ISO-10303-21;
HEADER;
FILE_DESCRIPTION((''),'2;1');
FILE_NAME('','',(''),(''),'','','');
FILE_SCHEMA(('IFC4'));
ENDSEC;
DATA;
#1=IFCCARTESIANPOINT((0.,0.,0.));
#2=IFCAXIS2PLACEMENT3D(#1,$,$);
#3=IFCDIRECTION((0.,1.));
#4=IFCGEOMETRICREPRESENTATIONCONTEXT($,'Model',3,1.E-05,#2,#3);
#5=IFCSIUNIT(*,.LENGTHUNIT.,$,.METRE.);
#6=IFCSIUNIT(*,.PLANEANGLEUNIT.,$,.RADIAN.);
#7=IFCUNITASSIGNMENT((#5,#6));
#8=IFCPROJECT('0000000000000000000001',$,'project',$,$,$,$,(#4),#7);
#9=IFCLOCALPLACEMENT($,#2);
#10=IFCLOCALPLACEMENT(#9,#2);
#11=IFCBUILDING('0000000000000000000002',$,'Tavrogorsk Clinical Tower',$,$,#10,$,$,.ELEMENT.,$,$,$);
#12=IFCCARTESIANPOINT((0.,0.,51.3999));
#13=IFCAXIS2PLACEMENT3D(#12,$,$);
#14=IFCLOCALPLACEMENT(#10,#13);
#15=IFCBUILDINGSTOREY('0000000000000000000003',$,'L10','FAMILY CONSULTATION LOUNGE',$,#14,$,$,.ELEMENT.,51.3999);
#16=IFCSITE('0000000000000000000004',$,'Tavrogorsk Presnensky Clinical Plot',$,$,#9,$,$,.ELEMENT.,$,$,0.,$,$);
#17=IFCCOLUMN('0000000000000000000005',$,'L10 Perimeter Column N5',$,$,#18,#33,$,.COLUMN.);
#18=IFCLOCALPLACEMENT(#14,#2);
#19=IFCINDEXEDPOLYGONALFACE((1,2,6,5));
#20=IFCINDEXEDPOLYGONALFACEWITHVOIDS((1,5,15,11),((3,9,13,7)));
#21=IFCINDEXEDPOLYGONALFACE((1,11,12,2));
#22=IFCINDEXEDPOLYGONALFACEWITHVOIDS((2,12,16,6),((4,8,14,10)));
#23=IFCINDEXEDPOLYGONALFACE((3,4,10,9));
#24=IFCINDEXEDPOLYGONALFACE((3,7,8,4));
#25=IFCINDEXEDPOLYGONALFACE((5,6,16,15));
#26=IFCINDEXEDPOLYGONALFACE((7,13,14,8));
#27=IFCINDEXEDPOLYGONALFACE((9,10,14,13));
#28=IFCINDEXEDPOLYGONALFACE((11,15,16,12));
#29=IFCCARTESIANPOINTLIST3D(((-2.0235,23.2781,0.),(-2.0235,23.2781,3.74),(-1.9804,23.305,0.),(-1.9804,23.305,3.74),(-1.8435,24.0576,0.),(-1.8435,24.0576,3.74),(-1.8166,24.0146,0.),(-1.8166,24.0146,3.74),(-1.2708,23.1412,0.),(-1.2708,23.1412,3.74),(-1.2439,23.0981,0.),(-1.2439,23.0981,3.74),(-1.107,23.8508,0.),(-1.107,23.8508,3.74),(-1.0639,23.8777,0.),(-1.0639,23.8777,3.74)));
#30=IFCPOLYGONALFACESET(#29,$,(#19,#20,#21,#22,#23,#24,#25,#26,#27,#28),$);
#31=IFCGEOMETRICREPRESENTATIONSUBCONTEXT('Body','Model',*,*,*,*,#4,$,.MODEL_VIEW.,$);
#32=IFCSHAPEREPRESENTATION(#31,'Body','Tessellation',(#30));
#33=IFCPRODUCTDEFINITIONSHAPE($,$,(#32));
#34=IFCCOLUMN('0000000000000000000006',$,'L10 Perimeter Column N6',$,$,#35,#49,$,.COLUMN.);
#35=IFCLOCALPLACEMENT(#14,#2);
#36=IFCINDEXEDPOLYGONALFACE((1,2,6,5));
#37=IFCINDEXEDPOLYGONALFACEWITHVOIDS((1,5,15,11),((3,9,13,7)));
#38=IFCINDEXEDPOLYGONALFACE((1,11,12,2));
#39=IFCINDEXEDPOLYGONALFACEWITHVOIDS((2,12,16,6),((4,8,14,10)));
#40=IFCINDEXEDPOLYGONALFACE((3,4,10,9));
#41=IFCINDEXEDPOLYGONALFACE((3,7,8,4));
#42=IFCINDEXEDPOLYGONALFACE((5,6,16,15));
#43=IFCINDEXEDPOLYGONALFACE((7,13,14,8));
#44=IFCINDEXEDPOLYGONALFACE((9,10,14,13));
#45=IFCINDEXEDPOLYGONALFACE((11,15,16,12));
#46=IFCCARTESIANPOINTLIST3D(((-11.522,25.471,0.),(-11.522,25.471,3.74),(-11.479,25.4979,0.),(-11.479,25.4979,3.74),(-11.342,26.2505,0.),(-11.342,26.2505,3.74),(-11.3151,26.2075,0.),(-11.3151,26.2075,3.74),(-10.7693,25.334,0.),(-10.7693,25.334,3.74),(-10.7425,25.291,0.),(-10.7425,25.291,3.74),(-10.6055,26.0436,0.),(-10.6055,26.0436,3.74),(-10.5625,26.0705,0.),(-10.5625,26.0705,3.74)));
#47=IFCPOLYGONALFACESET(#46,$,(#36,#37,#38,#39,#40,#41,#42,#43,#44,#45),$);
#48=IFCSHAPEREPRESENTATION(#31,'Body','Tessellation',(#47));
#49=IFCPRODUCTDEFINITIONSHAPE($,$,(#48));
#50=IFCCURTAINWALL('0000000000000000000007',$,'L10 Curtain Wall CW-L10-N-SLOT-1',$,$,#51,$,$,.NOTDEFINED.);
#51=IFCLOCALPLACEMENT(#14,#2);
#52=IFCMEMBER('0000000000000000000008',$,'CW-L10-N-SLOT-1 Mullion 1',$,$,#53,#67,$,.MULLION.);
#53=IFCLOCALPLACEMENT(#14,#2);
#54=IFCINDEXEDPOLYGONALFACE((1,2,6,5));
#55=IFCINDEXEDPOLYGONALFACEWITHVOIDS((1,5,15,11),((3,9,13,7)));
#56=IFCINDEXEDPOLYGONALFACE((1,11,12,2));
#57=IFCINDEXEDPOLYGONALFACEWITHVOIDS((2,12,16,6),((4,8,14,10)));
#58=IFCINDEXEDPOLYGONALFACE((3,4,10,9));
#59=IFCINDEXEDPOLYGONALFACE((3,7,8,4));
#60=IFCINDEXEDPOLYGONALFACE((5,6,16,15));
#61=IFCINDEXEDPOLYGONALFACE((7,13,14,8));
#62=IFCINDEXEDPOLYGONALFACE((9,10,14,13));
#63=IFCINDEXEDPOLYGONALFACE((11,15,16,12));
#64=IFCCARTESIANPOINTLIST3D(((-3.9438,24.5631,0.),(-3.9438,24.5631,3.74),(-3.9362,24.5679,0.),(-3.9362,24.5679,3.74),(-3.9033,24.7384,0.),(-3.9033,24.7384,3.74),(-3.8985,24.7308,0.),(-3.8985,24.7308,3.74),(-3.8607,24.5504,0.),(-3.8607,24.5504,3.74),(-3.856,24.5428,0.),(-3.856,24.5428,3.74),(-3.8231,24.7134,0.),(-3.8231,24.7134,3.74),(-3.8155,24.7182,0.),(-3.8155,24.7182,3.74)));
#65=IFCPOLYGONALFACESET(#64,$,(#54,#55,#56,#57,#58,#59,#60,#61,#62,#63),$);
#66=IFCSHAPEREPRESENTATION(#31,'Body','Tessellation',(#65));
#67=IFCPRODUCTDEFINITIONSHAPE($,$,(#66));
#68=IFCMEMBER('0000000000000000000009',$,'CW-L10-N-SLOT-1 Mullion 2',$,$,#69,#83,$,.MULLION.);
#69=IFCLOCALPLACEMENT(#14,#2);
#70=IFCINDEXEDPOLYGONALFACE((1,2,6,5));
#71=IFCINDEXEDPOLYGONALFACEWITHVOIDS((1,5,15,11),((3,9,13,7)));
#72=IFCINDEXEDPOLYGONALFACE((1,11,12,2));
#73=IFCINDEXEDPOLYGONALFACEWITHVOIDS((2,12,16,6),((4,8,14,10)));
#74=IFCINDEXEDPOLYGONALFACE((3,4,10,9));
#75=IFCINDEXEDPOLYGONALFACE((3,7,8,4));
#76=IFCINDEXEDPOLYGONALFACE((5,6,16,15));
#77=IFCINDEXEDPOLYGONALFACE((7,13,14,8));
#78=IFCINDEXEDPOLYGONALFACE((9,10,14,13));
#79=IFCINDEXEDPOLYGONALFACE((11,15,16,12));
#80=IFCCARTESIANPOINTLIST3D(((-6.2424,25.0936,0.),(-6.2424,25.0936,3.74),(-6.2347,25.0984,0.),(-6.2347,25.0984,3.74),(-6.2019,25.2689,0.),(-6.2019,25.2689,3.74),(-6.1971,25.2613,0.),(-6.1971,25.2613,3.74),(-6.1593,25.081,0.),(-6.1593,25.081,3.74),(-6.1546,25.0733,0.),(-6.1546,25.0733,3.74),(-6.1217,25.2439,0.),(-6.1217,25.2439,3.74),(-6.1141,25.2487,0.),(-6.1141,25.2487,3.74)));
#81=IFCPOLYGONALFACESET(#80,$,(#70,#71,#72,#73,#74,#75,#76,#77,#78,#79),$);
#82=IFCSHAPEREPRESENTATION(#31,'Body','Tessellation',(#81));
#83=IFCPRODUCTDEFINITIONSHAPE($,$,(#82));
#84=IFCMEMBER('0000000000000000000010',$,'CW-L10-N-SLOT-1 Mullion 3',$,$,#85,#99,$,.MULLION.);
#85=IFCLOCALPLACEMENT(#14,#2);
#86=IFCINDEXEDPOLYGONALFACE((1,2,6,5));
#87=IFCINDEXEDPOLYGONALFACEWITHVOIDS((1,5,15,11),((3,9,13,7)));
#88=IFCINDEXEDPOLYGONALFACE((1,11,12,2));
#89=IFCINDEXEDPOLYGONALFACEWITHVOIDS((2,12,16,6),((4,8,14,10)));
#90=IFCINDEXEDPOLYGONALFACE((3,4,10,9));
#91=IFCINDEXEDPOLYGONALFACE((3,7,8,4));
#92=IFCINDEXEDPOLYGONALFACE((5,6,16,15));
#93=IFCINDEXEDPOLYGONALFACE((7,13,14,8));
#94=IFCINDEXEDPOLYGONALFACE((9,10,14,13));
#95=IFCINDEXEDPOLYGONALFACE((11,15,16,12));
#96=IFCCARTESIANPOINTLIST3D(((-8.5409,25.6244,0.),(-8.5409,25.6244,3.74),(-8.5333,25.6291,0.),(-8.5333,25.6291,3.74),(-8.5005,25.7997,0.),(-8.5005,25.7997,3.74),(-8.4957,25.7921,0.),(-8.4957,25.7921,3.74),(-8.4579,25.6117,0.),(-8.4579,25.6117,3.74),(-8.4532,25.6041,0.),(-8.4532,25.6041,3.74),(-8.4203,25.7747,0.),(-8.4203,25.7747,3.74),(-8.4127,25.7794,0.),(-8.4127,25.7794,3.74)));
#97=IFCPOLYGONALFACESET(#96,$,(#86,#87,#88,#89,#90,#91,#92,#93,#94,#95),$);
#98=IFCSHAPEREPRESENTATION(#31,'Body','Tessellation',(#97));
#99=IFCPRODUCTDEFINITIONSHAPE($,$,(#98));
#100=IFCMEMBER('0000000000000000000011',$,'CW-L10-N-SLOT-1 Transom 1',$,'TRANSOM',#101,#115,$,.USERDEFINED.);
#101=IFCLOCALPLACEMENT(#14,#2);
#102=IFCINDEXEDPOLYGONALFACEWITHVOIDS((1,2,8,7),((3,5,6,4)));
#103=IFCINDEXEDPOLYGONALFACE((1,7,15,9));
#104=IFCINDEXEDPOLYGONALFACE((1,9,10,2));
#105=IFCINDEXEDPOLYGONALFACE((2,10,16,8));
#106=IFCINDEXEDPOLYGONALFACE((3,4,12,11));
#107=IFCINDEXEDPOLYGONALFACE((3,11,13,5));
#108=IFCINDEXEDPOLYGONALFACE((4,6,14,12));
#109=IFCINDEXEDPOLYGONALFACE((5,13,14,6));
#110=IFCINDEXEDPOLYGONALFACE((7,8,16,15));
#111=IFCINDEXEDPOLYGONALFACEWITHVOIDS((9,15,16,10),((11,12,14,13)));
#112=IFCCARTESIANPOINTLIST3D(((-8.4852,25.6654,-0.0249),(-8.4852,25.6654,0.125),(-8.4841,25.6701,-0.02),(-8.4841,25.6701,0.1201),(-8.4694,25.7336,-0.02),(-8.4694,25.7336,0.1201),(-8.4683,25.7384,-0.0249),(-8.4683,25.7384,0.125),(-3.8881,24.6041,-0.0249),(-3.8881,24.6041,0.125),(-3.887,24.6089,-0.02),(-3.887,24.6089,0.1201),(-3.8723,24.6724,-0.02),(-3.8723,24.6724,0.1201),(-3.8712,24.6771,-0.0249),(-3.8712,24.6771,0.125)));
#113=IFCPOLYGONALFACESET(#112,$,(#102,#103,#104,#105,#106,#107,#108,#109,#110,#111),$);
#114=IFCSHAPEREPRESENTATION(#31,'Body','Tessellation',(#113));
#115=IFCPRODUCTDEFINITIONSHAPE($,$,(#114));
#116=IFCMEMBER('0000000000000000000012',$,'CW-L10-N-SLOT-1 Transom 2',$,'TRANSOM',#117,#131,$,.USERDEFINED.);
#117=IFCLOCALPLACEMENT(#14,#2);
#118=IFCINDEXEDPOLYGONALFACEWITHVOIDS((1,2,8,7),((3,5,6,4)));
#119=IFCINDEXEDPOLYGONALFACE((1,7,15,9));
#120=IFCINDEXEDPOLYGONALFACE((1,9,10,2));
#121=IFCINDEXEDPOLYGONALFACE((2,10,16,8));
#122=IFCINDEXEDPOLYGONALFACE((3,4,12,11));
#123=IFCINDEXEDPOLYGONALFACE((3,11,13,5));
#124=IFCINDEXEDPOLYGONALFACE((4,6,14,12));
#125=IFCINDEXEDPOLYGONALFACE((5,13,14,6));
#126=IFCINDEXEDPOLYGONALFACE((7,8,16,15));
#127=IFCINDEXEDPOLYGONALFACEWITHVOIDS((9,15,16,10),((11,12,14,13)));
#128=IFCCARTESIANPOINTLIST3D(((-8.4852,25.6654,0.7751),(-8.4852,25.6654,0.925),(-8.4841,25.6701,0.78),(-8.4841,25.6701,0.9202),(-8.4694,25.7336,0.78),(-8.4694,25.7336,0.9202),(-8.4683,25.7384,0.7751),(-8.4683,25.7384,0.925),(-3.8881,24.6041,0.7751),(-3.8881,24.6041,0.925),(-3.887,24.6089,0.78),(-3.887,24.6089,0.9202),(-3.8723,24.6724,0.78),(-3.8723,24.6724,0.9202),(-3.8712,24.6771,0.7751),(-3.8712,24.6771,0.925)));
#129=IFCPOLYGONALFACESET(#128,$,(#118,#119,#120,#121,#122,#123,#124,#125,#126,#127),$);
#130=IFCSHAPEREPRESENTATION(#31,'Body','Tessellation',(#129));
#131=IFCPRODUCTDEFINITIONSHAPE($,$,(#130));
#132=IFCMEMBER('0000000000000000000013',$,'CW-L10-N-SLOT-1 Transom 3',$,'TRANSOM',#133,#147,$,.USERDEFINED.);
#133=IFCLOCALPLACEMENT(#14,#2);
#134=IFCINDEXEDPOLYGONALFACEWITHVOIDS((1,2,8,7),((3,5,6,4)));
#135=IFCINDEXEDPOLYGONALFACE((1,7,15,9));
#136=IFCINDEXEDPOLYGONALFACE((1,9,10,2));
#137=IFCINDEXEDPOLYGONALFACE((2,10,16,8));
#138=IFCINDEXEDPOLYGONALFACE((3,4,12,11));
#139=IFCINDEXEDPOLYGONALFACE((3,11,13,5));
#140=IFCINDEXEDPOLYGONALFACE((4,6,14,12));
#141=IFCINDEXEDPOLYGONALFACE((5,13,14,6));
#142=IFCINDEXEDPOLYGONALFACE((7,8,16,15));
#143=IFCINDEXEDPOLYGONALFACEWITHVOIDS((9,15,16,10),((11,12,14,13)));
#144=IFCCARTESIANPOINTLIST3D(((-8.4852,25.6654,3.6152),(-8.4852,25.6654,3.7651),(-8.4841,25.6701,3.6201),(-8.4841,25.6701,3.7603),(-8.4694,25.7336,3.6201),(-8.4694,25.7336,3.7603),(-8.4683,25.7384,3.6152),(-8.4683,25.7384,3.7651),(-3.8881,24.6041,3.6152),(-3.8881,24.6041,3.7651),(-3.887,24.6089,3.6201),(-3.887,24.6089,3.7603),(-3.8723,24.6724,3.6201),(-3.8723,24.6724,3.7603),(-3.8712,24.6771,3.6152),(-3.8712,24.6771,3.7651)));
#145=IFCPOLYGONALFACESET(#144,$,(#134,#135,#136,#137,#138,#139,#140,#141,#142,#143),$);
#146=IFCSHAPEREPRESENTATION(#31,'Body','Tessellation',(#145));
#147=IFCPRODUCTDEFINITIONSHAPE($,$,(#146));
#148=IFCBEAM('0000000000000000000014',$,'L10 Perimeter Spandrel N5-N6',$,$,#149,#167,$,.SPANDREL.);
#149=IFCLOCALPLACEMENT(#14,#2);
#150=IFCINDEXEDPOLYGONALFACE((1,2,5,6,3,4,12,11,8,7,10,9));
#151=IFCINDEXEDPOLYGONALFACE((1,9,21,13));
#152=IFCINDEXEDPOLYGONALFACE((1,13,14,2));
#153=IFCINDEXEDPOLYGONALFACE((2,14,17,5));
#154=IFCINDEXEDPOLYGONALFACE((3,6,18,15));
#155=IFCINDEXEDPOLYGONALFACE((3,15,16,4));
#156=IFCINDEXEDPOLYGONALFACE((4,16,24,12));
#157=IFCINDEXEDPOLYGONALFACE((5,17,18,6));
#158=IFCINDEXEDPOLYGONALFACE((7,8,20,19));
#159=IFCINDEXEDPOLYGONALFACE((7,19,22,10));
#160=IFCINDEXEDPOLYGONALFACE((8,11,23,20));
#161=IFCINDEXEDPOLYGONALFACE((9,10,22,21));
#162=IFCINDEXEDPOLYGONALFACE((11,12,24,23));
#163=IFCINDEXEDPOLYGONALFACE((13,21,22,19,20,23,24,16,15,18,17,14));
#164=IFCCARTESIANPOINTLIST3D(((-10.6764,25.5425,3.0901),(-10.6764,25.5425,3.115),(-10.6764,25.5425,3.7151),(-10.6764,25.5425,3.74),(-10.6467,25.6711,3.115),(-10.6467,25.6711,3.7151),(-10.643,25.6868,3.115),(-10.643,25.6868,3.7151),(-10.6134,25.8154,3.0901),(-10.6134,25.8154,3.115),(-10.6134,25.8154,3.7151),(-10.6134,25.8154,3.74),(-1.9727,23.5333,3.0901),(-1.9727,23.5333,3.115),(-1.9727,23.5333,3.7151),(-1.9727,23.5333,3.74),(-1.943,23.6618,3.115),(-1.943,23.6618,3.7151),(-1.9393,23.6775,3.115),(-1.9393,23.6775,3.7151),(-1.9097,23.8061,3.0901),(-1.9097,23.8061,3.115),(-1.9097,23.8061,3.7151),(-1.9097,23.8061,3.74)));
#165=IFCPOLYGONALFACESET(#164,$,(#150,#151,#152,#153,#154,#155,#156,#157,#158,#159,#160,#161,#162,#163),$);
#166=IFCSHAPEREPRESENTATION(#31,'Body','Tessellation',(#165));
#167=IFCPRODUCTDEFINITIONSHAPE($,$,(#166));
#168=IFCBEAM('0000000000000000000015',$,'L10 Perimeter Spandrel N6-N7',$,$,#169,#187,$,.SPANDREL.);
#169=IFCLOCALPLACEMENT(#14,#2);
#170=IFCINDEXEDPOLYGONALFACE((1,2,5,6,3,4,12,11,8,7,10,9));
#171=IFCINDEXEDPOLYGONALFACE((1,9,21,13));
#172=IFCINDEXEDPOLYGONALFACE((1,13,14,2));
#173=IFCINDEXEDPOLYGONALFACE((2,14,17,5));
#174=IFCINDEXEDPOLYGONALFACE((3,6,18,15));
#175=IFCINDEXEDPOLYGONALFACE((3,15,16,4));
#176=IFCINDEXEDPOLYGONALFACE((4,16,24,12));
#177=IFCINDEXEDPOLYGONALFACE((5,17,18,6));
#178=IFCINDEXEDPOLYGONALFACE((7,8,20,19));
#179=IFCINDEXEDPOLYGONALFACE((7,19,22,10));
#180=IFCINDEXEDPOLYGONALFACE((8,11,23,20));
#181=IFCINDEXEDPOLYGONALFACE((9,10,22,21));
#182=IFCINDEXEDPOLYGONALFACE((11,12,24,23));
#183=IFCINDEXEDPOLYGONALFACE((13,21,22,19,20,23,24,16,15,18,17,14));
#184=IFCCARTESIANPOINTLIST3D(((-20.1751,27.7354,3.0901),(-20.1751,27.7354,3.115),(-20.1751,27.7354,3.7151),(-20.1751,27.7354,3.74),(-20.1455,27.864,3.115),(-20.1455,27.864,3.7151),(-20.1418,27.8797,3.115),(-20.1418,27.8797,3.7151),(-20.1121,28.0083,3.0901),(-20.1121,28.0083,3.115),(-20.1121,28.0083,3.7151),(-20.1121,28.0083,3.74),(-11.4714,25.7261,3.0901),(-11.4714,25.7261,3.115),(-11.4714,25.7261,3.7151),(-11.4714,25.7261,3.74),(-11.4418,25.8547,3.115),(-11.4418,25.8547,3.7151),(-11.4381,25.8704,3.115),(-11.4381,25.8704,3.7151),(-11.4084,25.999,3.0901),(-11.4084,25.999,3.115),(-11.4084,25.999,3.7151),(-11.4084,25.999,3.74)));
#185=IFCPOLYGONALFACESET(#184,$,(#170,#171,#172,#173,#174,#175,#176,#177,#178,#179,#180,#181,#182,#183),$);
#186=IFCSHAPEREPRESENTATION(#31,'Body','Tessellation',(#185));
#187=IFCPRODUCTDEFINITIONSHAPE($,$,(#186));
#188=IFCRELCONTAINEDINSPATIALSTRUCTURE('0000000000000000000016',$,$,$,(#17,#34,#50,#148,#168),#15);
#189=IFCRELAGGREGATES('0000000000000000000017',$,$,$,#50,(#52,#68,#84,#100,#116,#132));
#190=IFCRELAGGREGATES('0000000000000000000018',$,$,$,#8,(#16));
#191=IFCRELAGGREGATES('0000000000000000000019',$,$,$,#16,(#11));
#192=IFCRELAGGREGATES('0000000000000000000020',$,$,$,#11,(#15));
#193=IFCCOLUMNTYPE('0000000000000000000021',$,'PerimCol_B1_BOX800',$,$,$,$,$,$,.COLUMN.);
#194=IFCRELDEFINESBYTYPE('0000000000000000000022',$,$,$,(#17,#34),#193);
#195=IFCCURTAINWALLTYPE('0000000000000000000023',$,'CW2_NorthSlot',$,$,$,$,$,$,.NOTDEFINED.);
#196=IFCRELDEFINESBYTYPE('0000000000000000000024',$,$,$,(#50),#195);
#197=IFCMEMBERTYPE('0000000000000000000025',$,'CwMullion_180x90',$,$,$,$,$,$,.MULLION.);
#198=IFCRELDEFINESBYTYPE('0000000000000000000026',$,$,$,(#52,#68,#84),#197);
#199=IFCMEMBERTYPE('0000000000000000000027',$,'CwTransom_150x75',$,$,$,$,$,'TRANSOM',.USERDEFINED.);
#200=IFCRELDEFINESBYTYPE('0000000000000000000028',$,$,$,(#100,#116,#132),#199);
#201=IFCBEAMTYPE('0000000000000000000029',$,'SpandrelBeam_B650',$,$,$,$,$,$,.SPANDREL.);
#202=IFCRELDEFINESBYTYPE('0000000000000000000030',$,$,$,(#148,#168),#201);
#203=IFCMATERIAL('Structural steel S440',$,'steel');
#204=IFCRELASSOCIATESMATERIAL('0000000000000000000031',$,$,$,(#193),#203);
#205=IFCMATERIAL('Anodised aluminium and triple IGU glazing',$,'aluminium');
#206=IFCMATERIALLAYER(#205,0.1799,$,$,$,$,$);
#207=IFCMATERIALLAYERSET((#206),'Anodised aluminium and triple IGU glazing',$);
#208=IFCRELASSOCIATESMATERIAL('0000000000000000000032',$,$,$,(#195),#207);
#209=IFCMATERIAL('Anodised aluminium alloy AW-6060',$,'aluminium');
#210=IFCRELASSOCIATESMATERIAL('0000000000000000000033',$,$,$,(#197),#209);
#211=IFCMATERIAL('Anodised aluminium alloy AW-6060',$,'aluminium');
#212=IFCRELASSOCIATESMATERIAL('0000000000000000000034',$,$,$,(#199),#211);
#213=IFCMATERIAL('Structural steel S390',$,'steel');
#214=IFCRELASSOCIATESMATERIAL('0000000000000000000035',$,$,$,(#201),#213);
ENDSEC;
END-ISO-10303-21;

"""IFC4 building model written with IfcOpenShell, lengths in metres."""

from ifc_helpers import new_model, si_unit, direction, frame, origin, origin_2d, place, context, subcontext, project, spatial, hollow_rectangle, i_section, extrude, material, layer, layer_set, material_profile, profile_set, type_object, element, aggregate, save


model = new_model("IFC4")

# Units and contexts
model_context = context("Model", 3, precision=1e-05, world=origin(), true_north=direction((0.0, 1.0)))
body_context = subcontext(model_context, "Body", "Model", "MODEL_VIEW")
ifc_project = project(units=[si_unit("LENGTHUNIT", "METRE"), si_unit("PLANEANGLEUNIT", "RADIAN")], contexts=[model_context])

# Site, building, storey
site_placement = place(None, origin())
site = spatial("IfcSite", under=ifc_project, at=site_placement, Name="Tavrogorsk Presnensky Clinical Plot", CompositionType="ELEMENT", RefElevation=0.0)
building_placement = place(site_placement, origin())
building = spatial("IfcBuilding", under=site, at=building_placement, Name="Tavrogorsk Clinical Tower", CompositionType="ELEMENT")
storey_placement = place(building_placement, frame((0.0, 0.0, 51.3999)))
storey = spatial("IfcBuildingStorey", under=building, at=storey_placement, Name="L10", Description="FAMILY CONSULTATION LOUNGE", CompositionType="ELEMENT", Elevation=51.3999)

# Columns
ifc_material_1 = material(Name="Structural steel S440", Category="steel")
ifc_material_profile_1 = material_profile(ifc_material_1, hollow_rectangle(XDim=0.8, YDim=0.8, WallThickness=0.0359, at=origin_2d()), Name="BOX-800x800x36")
ifc_profile_set_1 = profile_set([ifc_material_profile_1], Name="Structural steel S440")
column_type = type_object("IfcColumnType", Name="PerimCol_B1_BOX800", PredefinedType="COLUMN", material=ifc_profile_set_1)
for number, where, z_axis, x_axis, name in (
    (1, (-1.5437, 23.5779, 0.0), (0.0, 0.0, 1.0), (0.97437, -0.224951, 0.0), "L10 Perimeter Column N5"),
    (2, (-11.0422, 25.7708, 0.0), (0.0, 0.0, 1.0), (0.97437, -0.224951, 0.0), "L10 Perimeter Column N6"),
):
    element("IfcColumn", number, at=place(storey_placement, frame(where, z_axis=z_axis, x_axis=x_axis)), inside=storey, type_object=column_type, Name=name, PredefinedType="COLUMN", context=body_context, shape_type="SweptSolid", body=[
        extrude(hollow_rectangle(XDim=0.8, YDim=0.8, WallThickness=0.0359, at=origin_2d()), origin(), (0.0, 0.0, 1.0), 3.74),
    ])

# Curtain wall, members
ifc_material_2 = material(Name="Anodised aluminium and triple IGU glazing", Category="aluminium")
ifc_layer_1 = layer(ifc_material_2, 0.1799)
ifc_layer_set_1 = layer_set([ifc_layer_1], Name="Anodised aluminium and triple IGU glazing")
curtain_wall_type = type_object("IfcCurtainWallType", Name="CW2_NorthSlot", PredefinedType="NOTDEFINED", material=ifc_layer_set_1)
curtain_wall_placement = place(storey_placement, origin())
curtain_wall = element("IfcCurtainWall", 3, at=curtain_wall_placement, inside=storey, type_object=curtain_wall_type, Name="L10 Curtain Wall CW-L10-N-SLOT-1", PredefinedType="NOTDEFINED")
ifc_material_3 = material(Name="Anodised aluminium alloy AW-6060", Category="aluminium")
ifc_material_profile_2 = material_profile(ifc_material_3, hollow_rectangle(XDim=0.0901, YDim=0.1799, WallThickness=0.0063, at=origin_2d()), Name="RHS-180x90x6.3")
ifc_profile_set_2 = profile_set([ifc_material_profile_2], Name="Anodised aluminium alloy AW-6060")
member_type_1 = type_object("IfcMemberType", Name="CwMullion_180x90", PredefinedType="MULLION", material=ifc_profile_set_2)
member_1_placement = place(storey_placement, frame((-3.8796, 24.6406, 0.0), z_axis=(0.0, 0.0, 1.0), x_axis=(-0.97437, 0.224951, 0.0)))
member_1 = element("IfcMember", 4, at=member_1_placement, type_object=member_type_1, Name="CW-L10-N-SLOT-1 Mullion 1", PredefinedType="MULLION", context=body_context, shape_type="SweptSolid", body=[
    extrude(hollow_rectangle(XDim=0.0901, YDim=0.1799, WallThickness=0.0063, at=origin_2d()), origin(), (0.0, 0.0, 1.0), 3.74),
])
member_2_placement = place(storey_placement, frame((-6.1782, 25.1711, 0.0), z_axis=(0.0, 0.0, 1.0), x_axis=(-0.97437, 0.224951, 0.0)))
member_2 = element("IfcMember", 5, at=member_2_placement, type_object=member_type_1, Name="CW-L10-N-SLOT-1 Mullion 2", PredefinedType="MULLION", context=body_context, shape_type="SweptSolid", body=[
    extrude(hollow_rectangle(XDim=0.0901, YDim=0.1799, WallThickness=0.0063, at=origin_2d()), origin(), (0.0, 0.0, 1.0), 3.74),
])
member_3_placement = place(storey_placement, frame((-8.4768, 25.7019, 0.0), z_axis=(0.0, 0.0, 1.0), x_axis=(-0.97437, 0.224951, 0.0)))
member_3 = element("IfcMember", 6, at=member_3_placement, type_object=member_type_1, Name="CW-L10-N-SLOT-1 Mullion 3", PredefinedType="MULLION", context=body_context, shape_type="SweptSolid", body=[
    extrude(hollow_rectangle(XDim=0.0901, YDim=0.1799, WallThickness=0.0063, at=origin_2d()), origin(), (0.0, 0.0, 1.0), 3.74),
])
ifc_material_4 = material(Name="Anodised aluminium alloy AW-6060", Category="aluminium")
ifc_material_profile_3 = material_profile(ifc_material_4, hollow_rectangle(XDim=0.075, YDim=0.1499, WallThickness=0.0049, at=origin_2d()), Name="RHS-150x75x5")
ifc_profile_set_3 = profile_set([ifc_material_profile_3], Name="Anodised aluminium alloy AW-6060")
member_type_2 = type_object("IfcMemberType", Name="CwTransom_150x75", ElementType="TRANSOM", PredefinedType="USERDEFINED", material=ifc_profile_set_3)
member_4_placement = place(storey_placement, frame((-3.8796, 24.6406, 0.05), z_axis=(-0.974373, 0.224939, 0.0), x_axis=(-0.224939, -0.974373, 0.0)))
member_4 = element("IfcMember", 7, at=member_4_placement, type_object=member_type_2, Name="CW-L10-N-SLOT-1 Transom 1", ObjectType="TRANSOM", PredefinedType="USERDEFINED", context=body_context, shape_type="SweptSolid", body=[
    extrude(hollow_rectangle(XDim=0.075, YDim=0.1499, WallThickness=0.0049, at=origin_2d()), origin(), (0.0, 0.0, 1.0), 4.718),
])
member_5_placement = place(storey_placement, frame((-3.8796, 24.6406, 0.8501), z_axis=(-0.974373, 0.224939, 0.0), x_axis=(-0.224939, -0.974373, 0.0)))
member_5 = element("IfcMember", 8, at=member_5_placement, type_object=member_type_2, Name="CW-L10-N-SLOT-1 Transom 2", ObjectType="TRANSOM", PredefinedType="USERDEFINED", context=body_context, shape_type="SweptSolid", body=[
    extrude(hollow_rectangle(XDim=0.075, YDim=0.1499, WallThickness=0.0049, at=origin_2d()), origin(), (0.0, 0.0, 1.0), 4.718),
])
member_6_placement = place(storey_placement, frame((-3.8796, 24.6406, 3.6902), z_axis=(-0.974373, 0.224939, 0.0), x_axis=(-0.224939, -0.974373, 0.0)))
member_6 = element("IfcMember", 9, at=member_6_placement, type_object=member_type_2, Name="CW-L10-N-SLOT-1 Transom 3", ObjectType="TRANSOM", PredefinedType="USERDEFINED", context=body_context, shape_type="SweptSolid", body=[
    extrude(hollow_rectangle(XDim=0.075, YDim=0.1499, WallThickness=0.0049, at=origin_2d()), origin(), (0.0, 0.0, 1.0), 4.718),
])

# Beams
ifc_material_5 = material(Name="Structural steel S390", Category="steel")
ifc_material_profile_4 = material_profile(ifc_material_5, i_section(OverallWidth=0.28, OverallDepth=0.6499, WebThickness=0.0161, FlangeThickness=0.0249, at=origin_2d()), Name="B-650x280x16x25")
ifc_profile_set_4 = profile_set([ifc_material_profile_4], Name="Structural steel S390")
beam_type = type_object("IfcBeamType", Name="SpandrelBeam_B650", PredefinedType="SPANDREL", material=ifc_profile_set_4)
for number, where, z_axis, x_axis, name in (
    (10, (-1.9412, 23.6697, 3.415), (-0.974373, 0.224939, 0.0), (-0.224939, -0.974373, 0.0), "L10 Perimeter Spandrel N5-N6"),
    (11, (-11.4399, 25.8625, 3.415), (-0.974373, 0.224939, 0.0), (-0.224939, -0.974373, 0.0), "L10 Perimeter Spandrel N6-N7"),
):
    element("IfcBeam", number, at=place(storey_placement, frame(where, z_axis=z_axis, x_axis=x_axis)), inside=storey, type_object=beam_type, Name=name, PredefinedType="SPANDREL", context=body_context, shape_type="SweptSolid", body=[
        extrude(i_section(OverallWidth=0.28, OverallDepth=0.6499, WebThickness=0.0161, FlangeThickness=0.0249, at=origin_2d()), origin(), (0.0, 0.0, 1.0), 8.9326),
    ])

aggregate(curtain_wall, [member_1, member_2, member_3, member_4, member_5, member_6])

save(model, "model.ifc")
